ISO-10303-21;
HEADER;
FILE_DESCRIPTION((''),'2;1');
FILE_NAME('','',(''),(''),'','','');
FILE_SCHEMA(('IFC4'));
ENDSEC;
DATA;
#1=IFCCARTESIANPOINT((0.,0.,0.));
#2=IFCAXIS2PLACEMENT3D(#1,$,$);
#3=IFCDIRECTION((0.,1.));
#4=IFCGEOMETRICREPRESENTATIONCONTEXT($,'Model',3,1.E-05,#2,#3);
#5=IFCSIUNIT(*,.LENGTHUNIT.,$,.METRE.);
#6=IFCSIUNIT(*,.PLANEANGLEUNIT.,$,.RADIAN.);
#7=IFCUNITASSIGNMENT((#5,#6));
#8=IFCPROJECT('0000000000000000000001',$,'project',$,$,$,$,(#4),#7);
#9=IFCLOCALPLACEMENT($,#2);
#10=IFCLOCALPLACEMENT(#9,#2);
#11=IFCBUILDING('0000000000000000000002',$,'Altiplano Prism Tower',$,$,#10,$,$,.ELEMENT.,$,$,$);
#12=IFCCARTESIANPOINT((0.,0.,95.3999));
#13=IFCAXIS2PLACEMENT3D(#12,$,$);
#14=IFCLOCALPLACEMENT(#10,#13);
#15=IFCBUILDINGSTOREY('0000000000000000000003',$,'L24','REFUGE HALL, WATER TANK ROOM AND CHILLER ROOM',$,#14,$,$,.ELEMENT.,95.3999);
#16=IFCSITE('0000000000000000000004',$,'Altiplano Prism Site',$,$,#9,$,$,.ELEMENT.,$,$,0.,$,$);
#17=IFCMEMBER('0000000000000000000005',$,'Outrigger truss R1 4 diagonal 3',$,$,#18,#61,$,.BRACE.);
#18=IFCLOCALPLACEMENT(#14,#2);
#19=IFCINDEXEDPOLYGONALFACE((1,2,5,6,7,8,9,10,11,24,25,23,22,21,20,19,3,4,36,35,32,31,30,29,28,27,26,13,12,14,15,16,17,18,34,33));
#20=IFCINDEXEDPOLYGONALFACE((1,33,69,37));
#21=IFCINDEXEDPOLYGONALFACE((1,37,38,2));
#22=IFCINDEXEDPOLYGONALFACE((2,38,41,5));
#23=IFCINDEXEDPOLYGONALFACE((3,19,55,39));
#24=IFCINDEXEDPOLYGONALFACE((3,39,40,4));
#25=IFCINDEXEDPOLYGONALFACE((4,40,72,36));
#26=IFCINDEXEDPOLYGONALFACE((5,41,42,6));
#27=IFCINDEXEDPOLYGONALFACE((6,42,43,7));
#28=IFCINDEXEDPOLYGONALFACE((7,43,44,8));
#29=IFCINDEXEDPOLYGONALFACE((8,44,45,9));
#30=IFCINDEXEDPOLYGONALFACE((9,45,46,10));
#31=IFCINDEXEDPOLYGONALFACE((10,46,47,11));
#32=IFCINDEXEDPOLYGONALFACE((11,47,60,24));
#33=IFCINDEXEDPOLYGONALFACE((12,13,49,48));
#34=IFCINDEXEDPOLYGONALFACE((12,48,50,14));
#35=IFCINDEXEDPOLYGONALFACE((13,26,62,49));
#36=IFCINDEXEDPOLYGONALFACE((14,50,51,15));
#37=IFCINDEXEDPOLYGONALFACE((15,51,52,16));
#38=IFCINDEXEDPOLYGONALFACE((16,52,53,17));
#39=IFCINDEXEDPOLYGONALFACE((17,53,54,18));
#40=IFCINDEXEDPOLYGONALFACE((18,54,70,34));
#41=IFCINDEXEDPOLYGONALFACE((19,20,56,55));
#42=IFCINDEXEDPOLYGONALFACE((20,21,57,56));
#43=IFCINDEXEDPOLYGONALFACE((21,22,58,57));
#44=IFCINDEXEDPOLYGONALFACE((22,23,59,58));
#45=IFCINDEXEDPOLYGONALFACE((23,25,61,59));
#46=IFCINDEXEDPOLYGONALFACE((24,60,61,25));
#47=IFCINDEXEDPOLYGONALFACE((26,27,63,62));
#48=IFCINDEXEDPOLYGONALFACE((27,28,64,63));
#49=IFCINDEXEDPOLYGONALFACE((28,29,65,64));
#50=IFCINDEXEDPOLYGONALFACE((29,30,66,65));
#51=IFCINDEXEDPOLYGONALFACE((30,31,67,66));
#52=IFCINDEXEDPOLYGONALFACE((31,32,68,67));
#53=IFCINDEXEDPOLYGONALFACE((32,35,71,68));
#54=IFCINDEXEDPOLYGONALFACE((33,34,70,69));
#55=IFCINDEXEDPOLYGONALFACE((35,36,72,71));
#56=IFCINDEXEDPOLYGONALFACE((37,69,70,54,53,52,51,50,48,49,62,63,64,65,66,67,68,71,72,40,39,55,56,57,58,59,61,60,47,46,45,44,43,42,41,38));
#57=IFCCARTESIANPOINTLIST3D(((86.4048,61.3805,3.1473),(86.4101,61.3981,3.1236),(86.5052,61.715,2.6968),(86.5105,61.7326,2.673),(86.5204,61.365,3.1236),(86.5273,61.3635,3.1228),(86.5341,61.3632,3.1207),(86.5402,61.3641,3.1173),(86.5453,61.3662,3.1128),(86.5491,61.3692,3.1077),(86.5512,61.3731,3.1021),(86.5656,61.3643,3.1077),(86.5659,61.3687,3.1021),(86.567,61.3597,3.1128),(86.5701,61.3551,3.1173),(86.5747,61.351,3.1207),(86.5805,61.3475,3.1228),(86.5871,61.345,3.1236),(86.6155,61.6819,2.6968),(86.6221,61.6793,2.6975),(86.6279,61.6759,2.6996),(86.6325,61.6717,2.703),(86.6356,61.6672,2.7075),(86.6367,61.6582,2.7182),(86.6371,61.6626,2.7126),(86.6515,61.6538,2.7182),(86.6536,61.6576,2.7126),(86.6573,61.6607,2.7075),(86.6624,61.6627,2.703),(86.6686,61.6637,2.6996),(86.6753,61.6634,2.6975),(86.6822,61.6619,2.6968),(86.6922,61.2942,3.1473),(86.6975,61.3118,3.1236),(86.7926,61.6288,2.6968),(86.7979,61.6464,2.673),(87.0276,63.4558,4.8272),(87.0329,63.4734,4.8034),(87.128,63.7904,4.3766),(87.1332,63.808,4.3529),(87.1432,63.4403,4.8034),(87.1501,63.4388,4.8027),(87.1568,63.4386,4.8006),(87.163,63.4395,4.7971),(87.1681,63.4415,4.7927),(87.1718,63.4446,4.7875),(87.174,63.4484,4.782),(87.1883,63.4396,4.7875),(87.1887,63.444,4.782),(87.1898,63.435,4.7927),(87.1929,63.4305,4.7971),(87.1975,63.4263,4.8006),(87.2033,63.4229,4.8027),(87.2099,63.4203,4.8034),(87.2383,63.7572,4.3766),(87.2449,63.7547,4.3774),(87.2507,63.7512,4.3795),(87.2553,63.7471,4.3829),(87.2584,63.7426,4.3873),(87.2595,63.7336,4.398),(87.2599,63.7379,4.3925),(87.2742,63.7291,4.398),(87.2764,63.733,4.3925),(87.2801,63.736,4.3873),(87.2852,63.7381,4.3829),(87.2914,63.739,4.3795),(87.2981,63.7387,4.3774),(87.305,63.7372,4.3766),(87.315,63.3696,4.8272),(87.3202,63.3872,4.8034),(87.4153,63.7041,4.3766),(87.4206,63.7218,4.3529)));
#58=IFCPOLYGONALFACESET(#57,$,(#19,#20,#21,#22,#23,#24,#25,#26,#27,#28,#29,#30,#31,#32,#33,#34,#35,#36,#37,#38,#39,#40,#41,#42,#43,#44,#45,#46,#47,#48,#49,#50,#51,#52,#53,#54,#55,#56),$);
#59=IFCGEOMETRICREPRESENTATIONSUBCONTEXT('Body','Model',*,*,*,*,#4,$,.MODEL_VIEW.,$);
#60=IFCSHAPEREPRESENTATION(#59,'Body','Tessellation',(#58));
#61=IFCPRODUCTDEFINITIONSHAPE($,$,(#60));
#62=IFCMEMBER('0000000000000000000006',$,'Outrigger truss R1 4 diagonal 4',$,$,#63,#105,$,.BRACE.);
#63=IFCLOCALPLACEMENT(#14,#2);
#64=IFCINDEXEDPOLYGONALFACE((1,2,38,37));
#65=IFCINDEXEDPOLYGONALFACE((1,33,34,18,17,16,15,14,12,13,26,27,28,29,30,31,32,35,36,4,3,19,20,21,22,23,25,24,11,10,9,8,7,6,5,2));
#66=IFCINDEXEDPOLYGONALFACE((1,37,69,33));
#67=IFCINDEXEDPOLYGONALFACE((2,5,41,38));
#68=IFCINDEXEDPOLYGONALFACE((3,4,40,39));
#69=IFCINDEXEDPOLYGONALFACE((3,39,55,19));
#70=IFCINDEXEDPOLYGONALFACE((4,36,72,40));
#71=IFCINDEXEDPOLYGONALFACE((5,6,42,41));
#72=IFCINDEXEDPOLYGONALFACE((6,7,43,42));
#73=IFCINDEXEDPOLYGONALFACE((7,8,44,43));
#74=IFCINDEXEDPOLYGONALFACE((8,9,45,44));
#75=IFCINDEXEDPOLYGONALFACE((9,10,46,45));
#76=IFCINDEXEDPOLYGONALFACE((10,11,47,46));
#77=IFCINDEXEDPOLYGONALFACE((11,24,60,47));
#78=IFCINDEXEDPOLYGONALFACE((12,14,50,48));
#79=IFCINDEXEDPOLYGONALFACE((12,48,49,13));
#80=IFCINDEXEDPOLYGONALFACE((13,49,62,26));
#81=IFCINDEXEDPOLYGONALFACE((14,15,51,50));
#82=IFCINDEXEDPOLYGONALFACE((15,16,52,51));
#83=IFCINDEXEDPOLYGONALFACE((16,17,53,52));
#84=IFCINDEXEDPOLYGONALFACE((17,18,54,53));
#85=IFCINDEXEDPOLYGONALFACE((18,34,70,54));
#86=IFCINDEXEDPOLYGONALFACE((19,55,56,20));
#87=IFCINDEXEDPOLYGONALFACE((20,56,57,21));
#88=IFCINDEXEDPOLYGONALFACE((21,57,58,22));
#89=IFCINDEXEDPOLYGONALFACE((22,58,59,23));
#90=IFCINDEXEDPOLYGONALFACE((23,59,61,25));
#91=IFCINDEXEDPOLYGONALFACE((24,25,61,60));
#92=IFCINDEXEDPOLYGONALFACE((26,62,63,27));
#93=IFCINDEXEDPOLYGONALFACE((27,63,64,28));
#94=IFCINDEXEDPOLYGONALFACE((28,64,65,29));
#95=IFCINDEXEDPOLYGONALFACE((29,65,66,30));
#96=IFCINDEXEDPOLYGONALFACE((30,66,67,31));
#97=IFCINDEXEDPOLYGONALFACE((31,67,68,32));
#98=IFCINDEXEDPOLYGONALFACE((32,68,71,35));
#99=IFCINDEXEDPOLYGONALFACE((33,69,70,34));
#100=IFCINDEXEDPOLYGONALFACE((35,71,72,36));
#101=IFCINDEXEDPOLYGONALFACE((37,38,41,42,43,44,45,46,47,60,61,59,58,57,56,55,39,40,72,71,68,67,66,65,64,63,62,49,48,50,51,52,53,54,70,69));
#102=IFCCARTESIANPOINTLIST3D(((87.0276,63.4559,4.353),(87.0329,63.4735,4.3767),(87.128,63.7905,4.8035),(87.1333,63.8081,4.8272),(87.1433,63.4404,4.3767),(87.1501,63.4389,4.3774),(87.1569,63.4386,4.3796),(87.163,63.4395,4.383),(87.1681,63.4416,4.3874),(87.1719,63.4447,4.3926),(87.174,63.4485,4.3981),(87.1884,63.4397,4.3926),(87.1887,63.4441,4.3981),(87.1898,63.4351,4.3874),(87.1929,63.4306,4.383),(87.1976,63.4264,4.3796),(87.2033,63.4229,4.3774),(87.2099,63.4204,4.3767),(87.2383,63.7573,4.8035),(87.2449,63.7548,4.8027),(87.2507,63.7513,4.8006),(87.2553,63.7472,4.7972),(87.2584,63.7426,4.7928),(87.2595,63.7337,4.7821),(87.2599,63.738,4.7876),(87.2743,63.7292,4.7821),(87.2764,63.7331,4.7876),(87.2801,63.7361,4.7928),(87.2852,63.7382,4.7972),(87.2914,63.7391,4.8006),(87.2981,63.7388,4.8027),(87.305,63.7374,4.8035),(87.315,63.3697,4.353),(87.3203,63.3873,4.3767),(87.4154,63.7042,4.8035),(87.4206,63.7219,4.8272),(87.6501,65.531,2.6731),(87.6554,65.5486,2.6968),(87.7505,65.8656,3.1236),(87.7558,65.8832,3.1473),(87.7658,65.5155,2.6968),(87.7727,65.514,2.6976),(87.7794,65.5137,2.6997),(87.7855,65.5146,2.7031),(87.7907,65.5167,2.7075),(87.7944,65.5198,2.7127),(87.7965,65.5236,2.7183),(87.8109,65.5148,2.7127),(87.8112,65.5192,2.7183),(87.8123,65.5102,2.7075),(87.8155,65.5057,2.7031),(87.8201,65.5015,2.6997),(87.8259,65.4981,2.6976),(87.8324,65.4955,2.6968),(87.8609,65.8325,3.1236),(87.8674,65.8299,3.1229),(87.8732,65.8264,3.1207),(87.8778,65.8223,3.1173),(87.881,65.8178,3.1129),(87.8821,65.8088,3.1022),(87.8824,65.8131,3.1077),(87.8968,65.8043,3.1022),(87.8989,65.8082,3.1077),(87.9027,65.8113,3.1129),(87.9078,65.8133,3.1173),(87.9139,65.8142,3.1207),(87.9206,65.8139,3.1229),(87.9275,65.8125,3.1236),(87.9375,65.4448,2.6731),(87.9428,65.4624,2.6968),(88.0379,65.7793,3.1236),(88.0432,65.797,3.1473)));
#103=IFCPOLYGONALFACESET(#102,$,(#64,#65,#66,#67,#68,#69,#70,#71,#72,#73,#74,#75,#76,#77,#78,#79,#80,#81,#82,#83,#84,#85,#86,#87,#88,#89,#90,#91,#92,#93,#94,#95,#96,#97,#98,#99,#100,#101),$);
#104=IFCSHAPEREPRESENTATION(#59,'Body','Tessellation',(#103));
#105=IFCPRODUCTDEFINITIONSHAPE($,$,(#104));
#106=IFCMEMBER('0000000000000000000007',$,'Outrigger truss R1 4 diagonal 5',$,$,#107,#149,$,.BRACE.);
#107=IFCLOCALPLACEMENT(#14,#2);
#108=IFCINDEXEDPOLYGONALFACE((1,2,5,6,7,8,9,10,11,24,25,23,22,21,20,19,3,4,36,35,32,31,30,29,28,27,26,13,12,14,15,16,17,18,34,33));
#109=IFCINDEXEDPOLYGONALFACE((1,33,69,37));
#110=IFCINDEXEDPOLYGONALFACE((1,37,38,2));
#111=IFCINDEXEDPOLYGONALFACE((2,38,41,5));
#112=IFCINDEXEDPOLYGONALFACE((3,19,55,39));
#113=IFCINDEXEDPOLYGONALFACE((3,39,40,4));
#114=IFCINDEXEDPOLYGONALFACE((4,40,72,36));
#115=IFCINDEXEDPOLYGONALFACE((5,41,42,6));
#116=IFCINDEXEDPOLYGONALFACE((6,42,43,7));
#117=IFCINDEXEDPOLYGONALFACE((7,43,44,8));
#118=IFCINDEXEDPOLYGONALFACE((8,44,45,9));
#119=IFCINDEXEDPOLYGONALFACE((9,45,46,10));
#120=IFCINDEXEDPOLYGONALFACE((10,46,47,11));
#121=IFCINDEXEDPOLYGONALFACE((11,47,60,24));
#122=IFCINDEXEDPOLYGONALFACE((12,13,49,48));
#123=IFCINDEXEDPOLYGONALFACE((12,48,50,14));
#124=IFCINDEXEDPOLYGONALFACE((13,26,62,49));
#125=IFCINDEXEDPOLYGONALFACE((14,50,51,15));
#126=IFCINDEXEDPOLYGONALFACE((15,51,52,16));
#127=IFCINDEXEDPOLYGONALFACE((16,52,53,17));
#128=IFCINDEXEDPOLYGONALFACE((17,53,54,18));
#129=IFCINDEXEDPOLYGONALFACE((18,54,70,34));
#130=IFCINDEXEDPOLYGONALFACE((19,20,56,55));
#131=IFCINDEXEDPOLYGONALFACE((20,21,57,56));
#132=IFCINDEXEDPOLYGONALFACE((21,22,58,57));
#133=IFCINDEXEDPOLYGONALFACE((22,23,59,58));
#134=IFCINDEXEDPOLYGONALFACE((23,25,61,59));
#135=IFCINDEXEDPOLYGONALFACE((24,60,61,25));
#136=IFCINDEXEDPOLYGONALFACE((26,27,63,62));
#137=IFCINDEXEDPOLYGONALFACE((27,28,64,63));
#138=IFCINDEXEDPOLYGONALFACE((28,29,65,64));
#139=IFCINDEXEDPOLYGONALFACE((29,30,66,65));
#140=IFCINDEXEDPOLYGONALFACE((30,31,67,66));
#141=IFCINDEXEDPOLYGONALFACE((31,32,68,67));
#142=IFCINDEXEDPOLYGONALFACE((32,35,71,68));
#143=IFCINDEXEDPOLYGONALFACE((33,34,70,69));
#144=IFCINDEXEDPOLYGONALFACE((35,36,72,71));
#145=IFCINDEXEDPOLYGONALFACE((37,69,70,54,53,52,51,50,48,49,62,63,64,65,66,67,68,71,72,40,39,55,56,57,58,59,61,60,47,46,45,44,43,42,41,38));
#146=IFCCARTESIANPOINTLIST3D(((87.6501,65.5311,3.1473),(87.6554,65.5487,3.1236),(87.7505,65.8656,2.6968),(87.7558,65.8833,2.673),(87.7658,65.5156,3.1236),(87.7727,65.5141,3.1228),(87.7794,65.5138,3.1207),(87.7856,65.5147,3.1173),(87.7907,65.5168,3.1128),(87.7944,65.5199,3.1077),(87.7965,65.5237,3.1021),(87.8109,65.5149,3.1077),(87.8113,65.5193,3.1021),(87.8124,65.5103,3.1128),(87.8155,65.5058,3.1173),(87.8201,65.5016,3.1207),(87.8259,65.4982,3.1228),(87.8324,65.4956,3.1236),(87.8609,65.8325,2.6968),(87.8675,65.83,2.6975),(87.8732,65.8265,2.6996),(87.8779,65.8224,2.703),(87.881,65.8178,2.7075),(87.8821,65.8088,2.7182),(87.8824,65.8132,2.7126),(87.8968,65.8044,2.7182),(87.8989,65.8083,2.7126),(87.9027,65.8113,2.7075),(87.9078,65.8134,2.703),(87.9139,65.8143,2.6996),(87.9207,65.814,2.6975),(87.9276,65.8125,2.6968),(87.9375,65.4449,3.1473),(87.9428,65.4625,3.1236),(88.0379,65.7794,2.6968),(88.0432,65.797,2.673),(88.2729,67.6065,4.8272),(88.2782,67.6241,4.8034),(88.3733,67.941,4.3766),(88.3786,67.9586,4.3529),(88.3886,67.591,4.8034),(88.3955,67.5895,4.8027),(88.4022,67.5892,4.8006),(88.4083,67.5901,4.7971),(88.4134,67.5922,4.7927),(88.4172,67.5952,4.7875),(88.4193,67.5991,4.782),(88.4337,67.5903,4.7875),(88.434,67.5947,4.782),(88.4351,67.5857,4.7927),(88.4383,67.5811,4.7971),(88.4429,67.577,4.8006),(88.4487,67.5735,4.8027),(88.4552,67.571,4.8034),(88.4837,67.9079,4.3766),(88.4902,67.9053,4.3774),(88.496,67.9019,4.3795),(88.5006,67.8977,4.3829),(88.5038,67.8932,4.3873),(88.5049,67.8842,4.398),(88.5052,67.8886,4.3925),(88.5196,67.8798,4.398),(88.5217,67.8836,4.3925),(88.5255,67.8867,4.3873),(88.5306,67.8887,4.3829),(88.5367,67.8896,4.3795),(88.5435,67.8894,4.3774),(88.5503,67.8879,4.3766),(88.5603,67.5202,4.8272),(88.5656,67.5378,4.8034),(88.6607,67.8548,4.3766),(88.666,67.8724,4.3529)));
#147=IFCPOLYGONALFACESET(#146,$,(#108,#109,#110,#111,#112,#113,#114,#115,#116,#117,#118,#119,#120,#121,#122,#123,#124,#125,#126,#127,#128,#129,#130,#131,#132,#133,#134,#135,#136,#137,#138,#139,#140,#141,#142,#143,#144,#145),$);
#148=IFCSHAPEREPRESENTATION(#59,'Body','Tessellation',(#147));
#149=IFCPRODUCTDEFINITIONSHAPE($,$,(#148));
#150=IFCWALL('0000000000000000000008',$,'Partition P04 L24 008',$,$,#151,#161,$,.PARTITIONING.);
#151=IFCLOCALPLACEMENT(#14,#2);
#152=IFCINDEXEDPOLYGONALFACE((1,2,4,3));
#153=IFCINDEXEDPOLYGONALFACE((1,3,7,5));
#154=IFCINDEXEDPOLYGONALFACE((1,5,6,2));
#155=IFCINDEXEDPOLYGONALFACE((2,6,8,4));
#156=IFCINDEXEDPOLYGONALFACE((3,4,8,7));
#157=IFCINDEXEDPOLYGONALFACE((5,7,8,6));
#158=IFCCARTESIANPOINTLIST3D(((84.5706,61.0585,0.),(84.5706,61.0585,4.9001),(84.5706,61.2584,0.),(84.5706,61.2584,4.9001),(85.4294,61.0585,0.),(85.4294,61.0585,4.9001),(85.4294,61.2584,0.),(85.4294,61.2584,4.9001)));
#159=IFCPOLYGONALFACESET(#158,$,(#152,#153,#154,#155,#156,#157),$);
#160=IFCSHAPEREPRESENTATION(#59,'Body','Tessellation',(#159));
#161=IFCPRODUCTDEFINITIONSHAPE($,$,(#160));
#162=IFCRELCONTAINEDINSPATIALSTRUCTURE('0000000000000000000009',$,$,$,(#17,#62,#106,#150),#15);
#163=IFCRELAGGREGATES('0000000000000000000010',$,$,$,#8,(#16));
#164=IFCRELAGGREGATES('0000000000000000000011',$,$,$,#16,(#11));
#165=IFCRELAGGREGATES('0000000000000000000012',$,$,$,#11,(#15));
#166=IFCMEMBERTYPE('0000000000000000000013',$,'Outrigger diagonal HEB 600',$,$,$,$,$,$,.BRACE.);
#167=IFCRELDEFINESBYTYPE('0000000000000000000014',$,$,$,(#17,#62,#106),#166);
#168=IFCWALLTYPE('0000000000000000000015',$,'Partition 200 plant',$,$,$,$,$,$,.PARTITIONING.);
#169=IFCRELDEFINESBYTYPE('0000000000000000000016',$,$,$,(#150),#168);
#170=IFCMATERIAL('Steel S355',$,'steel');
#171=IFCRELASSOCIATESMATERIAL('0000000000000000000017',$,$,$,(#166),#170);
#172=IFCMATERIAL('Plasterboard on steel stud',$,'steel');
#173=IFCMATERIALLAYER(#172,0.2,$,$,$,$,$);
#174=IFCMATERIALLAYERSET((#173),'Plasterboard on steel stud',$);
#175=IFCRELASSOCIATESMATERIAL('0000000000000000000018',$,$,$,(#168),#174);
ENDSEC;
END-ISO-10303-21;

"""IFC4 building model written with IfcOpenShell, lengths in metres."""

from ifc_helpers import new_model, si_unit, direction, frame, frame_2d, origin, origin_2d, place, context, subcontext, project, spatial, rectangle, i_section, extrude, material, layer, layer_set, material_profile, profile_set, type_object, element, save


model = new_model("IFC4")

# Units and contexts
model_context = context("Model", 3, precision=1e-05, world=origin(), true_north=direction((0.0, 1.0)))
body_context = subcontext(model_context, "Body", "Model", "MODEL_VIEW")
ifc_project = project(units=[si_unit("LENGTHUNIT", "METRE"), si_unit("PLANEANGLEUNIT", "RADIAN")], contexts=[model_context])

# Site, building, storey
site_placement = place(None, origin())
site = spatial("IfcSite", under=ifc_project, at=site_placement, Name="Altiplano Prism Site", CompositionType="ELEMENT", RefElevation=0.0)
building_placement = place(site_placement, origin())
building = spatial("IfcBuilding", under=site, at=building_placement, Name="Altiplano Prism Tower", CompositionType="ELEMENT")
storey_placement = place(building_placement, frame((0.0, 0.0, 95.3999)))
storey = spatial("IfcBuildingStorey", under=building, at=storey_placement, Name="L24", Description="REFUGE HALL, WATER TANK ROOM AND CHILLER ROOM", CompositionType="ELEMENT", Elevation=95.3999)

# Members
ifc_material_1 = material(Name="Steel S355", Category="steel")
ifc_material_profile_1 = material_profile(ifc_material_1, i_section(OverallWidth=0.3, OverallDepth=0.6001, WebThickness=0.0154, FlangeThickness=0.03, FilletRadius=0.0271, at=origin_2d()), Name="Outrigger diagonal HEB 600")
ifc_profile_set_1 = profile_set([ifc_material_profile_1], Name="Steel S355")
member_type_1 = type_object("IfcMemberType", Name="Outrigger diagonal HEB 600", PredefinedType="BRACE", material=ifc_profile_set_1)
member_1_placement = place(storey_placement, frame((86.6013, 61.5134, 2.9102), z_axis=(0.227151, 0.756961, 0.61271), x_axis=(-0.957805, 0.28742, 0.0)))
element("IfcMember", 1, at=member_1_placement, inside=storey, type_object=member_type_1, Name="Outrigger truss R1 4 diagonal 3", PredefinedType="BRACE", context=body_context, shape_type="SweptSolid", body=[
    extrude(i_section(OverallWidth=0.3, OverallDepth=0.6001, WebThickness=0.0154, FlangeThickness=0.03, FilletRadius=0.0271, at=origin_2d()), origin(), (0.0, 0.0, 1.0), 2.7417),
])
member_2_placement = place(storey_placement, frame((87.2241, 63.5889, 4.5901), z_axis=(0.227081, 0.756938, -0.612763), x_axis=(-0.957826, 0.287348, 0.0)))
element("IfcMember", 2, at=member_2_placement, inside=storey, type_object=member_type_1, Name="Outrigger truss R1 4 diagonal 4", PredefinedType="BRACE", context=body_context, shape_type="SweptSolid", body=[
    extrude(i_section(OverallWidth=0.3, OverallDepth=0.6001, WebThickness=0.0154, FlangeThickness=0.03, FilletRadius=0.0271, at=origin_2d()), origin(), (0.0, 0.0, 1.0), 2.7415),
])
member_3_placement = place(storey_placement, frame((87.8467, 65.6641, 2.9102), z_axis=(0.227151, 0.756961, 0.61271), x_axis=(-0.957805, 0.28742, 0.0)))
element("IfcMember", 3, at=member_3_placement, inside=storey, type_object=member_type_1, Name="Outrigger truss R1 4 diagonal 5", PredefinedType="BRACE", context=body_context, shape_type="SweptSolid", body=[
    extrude(i_section(OverallWidth=0.3, OverallDepth=0.6001, WebThickness=0.0154, FlangeThickness=0.03, FilletRadius=0.0271, at=origin_2d()), origin(), (0.0, 0.0, 1.0), 2.7417),
])

# Wall
ifc_material_2 = material(Name="Plasterboard on steel stud", Category="steel")
ifc_layer = layer(ifc_material_2, 0.2)
ifc_layer_set = layer_set([ifc_layer], Name="Plasterboard on steel stud")
wall_type = type_object("IfcWallType", Name="Partition 200 plant", PredefinedType="PARTITIONING", material=ifc_layer_set)
wall_1_placement = place(storey_placement, frame((84.5706, 61.1584, 0.0), z_axis=(0.0, 0.0, 1.0), x_axis=(1.0, 0.0, 0.0)))
element("IfcWall", 4, at=wall_1_placement, inside=storey, type_object=wall_type, Name="Partition P04 L24 008", PredefinedType="PARTITIONING", context=body_context, shape_type="SweptSolid", body=[
    extrude(rectangle(XDim=0.8589, YDim=0.2, at=frame_2d((0.4294, 0.0))), origin(), (0.0, 0.0, 1.0), 4.9001),
])

save(model, "model.ifc")
